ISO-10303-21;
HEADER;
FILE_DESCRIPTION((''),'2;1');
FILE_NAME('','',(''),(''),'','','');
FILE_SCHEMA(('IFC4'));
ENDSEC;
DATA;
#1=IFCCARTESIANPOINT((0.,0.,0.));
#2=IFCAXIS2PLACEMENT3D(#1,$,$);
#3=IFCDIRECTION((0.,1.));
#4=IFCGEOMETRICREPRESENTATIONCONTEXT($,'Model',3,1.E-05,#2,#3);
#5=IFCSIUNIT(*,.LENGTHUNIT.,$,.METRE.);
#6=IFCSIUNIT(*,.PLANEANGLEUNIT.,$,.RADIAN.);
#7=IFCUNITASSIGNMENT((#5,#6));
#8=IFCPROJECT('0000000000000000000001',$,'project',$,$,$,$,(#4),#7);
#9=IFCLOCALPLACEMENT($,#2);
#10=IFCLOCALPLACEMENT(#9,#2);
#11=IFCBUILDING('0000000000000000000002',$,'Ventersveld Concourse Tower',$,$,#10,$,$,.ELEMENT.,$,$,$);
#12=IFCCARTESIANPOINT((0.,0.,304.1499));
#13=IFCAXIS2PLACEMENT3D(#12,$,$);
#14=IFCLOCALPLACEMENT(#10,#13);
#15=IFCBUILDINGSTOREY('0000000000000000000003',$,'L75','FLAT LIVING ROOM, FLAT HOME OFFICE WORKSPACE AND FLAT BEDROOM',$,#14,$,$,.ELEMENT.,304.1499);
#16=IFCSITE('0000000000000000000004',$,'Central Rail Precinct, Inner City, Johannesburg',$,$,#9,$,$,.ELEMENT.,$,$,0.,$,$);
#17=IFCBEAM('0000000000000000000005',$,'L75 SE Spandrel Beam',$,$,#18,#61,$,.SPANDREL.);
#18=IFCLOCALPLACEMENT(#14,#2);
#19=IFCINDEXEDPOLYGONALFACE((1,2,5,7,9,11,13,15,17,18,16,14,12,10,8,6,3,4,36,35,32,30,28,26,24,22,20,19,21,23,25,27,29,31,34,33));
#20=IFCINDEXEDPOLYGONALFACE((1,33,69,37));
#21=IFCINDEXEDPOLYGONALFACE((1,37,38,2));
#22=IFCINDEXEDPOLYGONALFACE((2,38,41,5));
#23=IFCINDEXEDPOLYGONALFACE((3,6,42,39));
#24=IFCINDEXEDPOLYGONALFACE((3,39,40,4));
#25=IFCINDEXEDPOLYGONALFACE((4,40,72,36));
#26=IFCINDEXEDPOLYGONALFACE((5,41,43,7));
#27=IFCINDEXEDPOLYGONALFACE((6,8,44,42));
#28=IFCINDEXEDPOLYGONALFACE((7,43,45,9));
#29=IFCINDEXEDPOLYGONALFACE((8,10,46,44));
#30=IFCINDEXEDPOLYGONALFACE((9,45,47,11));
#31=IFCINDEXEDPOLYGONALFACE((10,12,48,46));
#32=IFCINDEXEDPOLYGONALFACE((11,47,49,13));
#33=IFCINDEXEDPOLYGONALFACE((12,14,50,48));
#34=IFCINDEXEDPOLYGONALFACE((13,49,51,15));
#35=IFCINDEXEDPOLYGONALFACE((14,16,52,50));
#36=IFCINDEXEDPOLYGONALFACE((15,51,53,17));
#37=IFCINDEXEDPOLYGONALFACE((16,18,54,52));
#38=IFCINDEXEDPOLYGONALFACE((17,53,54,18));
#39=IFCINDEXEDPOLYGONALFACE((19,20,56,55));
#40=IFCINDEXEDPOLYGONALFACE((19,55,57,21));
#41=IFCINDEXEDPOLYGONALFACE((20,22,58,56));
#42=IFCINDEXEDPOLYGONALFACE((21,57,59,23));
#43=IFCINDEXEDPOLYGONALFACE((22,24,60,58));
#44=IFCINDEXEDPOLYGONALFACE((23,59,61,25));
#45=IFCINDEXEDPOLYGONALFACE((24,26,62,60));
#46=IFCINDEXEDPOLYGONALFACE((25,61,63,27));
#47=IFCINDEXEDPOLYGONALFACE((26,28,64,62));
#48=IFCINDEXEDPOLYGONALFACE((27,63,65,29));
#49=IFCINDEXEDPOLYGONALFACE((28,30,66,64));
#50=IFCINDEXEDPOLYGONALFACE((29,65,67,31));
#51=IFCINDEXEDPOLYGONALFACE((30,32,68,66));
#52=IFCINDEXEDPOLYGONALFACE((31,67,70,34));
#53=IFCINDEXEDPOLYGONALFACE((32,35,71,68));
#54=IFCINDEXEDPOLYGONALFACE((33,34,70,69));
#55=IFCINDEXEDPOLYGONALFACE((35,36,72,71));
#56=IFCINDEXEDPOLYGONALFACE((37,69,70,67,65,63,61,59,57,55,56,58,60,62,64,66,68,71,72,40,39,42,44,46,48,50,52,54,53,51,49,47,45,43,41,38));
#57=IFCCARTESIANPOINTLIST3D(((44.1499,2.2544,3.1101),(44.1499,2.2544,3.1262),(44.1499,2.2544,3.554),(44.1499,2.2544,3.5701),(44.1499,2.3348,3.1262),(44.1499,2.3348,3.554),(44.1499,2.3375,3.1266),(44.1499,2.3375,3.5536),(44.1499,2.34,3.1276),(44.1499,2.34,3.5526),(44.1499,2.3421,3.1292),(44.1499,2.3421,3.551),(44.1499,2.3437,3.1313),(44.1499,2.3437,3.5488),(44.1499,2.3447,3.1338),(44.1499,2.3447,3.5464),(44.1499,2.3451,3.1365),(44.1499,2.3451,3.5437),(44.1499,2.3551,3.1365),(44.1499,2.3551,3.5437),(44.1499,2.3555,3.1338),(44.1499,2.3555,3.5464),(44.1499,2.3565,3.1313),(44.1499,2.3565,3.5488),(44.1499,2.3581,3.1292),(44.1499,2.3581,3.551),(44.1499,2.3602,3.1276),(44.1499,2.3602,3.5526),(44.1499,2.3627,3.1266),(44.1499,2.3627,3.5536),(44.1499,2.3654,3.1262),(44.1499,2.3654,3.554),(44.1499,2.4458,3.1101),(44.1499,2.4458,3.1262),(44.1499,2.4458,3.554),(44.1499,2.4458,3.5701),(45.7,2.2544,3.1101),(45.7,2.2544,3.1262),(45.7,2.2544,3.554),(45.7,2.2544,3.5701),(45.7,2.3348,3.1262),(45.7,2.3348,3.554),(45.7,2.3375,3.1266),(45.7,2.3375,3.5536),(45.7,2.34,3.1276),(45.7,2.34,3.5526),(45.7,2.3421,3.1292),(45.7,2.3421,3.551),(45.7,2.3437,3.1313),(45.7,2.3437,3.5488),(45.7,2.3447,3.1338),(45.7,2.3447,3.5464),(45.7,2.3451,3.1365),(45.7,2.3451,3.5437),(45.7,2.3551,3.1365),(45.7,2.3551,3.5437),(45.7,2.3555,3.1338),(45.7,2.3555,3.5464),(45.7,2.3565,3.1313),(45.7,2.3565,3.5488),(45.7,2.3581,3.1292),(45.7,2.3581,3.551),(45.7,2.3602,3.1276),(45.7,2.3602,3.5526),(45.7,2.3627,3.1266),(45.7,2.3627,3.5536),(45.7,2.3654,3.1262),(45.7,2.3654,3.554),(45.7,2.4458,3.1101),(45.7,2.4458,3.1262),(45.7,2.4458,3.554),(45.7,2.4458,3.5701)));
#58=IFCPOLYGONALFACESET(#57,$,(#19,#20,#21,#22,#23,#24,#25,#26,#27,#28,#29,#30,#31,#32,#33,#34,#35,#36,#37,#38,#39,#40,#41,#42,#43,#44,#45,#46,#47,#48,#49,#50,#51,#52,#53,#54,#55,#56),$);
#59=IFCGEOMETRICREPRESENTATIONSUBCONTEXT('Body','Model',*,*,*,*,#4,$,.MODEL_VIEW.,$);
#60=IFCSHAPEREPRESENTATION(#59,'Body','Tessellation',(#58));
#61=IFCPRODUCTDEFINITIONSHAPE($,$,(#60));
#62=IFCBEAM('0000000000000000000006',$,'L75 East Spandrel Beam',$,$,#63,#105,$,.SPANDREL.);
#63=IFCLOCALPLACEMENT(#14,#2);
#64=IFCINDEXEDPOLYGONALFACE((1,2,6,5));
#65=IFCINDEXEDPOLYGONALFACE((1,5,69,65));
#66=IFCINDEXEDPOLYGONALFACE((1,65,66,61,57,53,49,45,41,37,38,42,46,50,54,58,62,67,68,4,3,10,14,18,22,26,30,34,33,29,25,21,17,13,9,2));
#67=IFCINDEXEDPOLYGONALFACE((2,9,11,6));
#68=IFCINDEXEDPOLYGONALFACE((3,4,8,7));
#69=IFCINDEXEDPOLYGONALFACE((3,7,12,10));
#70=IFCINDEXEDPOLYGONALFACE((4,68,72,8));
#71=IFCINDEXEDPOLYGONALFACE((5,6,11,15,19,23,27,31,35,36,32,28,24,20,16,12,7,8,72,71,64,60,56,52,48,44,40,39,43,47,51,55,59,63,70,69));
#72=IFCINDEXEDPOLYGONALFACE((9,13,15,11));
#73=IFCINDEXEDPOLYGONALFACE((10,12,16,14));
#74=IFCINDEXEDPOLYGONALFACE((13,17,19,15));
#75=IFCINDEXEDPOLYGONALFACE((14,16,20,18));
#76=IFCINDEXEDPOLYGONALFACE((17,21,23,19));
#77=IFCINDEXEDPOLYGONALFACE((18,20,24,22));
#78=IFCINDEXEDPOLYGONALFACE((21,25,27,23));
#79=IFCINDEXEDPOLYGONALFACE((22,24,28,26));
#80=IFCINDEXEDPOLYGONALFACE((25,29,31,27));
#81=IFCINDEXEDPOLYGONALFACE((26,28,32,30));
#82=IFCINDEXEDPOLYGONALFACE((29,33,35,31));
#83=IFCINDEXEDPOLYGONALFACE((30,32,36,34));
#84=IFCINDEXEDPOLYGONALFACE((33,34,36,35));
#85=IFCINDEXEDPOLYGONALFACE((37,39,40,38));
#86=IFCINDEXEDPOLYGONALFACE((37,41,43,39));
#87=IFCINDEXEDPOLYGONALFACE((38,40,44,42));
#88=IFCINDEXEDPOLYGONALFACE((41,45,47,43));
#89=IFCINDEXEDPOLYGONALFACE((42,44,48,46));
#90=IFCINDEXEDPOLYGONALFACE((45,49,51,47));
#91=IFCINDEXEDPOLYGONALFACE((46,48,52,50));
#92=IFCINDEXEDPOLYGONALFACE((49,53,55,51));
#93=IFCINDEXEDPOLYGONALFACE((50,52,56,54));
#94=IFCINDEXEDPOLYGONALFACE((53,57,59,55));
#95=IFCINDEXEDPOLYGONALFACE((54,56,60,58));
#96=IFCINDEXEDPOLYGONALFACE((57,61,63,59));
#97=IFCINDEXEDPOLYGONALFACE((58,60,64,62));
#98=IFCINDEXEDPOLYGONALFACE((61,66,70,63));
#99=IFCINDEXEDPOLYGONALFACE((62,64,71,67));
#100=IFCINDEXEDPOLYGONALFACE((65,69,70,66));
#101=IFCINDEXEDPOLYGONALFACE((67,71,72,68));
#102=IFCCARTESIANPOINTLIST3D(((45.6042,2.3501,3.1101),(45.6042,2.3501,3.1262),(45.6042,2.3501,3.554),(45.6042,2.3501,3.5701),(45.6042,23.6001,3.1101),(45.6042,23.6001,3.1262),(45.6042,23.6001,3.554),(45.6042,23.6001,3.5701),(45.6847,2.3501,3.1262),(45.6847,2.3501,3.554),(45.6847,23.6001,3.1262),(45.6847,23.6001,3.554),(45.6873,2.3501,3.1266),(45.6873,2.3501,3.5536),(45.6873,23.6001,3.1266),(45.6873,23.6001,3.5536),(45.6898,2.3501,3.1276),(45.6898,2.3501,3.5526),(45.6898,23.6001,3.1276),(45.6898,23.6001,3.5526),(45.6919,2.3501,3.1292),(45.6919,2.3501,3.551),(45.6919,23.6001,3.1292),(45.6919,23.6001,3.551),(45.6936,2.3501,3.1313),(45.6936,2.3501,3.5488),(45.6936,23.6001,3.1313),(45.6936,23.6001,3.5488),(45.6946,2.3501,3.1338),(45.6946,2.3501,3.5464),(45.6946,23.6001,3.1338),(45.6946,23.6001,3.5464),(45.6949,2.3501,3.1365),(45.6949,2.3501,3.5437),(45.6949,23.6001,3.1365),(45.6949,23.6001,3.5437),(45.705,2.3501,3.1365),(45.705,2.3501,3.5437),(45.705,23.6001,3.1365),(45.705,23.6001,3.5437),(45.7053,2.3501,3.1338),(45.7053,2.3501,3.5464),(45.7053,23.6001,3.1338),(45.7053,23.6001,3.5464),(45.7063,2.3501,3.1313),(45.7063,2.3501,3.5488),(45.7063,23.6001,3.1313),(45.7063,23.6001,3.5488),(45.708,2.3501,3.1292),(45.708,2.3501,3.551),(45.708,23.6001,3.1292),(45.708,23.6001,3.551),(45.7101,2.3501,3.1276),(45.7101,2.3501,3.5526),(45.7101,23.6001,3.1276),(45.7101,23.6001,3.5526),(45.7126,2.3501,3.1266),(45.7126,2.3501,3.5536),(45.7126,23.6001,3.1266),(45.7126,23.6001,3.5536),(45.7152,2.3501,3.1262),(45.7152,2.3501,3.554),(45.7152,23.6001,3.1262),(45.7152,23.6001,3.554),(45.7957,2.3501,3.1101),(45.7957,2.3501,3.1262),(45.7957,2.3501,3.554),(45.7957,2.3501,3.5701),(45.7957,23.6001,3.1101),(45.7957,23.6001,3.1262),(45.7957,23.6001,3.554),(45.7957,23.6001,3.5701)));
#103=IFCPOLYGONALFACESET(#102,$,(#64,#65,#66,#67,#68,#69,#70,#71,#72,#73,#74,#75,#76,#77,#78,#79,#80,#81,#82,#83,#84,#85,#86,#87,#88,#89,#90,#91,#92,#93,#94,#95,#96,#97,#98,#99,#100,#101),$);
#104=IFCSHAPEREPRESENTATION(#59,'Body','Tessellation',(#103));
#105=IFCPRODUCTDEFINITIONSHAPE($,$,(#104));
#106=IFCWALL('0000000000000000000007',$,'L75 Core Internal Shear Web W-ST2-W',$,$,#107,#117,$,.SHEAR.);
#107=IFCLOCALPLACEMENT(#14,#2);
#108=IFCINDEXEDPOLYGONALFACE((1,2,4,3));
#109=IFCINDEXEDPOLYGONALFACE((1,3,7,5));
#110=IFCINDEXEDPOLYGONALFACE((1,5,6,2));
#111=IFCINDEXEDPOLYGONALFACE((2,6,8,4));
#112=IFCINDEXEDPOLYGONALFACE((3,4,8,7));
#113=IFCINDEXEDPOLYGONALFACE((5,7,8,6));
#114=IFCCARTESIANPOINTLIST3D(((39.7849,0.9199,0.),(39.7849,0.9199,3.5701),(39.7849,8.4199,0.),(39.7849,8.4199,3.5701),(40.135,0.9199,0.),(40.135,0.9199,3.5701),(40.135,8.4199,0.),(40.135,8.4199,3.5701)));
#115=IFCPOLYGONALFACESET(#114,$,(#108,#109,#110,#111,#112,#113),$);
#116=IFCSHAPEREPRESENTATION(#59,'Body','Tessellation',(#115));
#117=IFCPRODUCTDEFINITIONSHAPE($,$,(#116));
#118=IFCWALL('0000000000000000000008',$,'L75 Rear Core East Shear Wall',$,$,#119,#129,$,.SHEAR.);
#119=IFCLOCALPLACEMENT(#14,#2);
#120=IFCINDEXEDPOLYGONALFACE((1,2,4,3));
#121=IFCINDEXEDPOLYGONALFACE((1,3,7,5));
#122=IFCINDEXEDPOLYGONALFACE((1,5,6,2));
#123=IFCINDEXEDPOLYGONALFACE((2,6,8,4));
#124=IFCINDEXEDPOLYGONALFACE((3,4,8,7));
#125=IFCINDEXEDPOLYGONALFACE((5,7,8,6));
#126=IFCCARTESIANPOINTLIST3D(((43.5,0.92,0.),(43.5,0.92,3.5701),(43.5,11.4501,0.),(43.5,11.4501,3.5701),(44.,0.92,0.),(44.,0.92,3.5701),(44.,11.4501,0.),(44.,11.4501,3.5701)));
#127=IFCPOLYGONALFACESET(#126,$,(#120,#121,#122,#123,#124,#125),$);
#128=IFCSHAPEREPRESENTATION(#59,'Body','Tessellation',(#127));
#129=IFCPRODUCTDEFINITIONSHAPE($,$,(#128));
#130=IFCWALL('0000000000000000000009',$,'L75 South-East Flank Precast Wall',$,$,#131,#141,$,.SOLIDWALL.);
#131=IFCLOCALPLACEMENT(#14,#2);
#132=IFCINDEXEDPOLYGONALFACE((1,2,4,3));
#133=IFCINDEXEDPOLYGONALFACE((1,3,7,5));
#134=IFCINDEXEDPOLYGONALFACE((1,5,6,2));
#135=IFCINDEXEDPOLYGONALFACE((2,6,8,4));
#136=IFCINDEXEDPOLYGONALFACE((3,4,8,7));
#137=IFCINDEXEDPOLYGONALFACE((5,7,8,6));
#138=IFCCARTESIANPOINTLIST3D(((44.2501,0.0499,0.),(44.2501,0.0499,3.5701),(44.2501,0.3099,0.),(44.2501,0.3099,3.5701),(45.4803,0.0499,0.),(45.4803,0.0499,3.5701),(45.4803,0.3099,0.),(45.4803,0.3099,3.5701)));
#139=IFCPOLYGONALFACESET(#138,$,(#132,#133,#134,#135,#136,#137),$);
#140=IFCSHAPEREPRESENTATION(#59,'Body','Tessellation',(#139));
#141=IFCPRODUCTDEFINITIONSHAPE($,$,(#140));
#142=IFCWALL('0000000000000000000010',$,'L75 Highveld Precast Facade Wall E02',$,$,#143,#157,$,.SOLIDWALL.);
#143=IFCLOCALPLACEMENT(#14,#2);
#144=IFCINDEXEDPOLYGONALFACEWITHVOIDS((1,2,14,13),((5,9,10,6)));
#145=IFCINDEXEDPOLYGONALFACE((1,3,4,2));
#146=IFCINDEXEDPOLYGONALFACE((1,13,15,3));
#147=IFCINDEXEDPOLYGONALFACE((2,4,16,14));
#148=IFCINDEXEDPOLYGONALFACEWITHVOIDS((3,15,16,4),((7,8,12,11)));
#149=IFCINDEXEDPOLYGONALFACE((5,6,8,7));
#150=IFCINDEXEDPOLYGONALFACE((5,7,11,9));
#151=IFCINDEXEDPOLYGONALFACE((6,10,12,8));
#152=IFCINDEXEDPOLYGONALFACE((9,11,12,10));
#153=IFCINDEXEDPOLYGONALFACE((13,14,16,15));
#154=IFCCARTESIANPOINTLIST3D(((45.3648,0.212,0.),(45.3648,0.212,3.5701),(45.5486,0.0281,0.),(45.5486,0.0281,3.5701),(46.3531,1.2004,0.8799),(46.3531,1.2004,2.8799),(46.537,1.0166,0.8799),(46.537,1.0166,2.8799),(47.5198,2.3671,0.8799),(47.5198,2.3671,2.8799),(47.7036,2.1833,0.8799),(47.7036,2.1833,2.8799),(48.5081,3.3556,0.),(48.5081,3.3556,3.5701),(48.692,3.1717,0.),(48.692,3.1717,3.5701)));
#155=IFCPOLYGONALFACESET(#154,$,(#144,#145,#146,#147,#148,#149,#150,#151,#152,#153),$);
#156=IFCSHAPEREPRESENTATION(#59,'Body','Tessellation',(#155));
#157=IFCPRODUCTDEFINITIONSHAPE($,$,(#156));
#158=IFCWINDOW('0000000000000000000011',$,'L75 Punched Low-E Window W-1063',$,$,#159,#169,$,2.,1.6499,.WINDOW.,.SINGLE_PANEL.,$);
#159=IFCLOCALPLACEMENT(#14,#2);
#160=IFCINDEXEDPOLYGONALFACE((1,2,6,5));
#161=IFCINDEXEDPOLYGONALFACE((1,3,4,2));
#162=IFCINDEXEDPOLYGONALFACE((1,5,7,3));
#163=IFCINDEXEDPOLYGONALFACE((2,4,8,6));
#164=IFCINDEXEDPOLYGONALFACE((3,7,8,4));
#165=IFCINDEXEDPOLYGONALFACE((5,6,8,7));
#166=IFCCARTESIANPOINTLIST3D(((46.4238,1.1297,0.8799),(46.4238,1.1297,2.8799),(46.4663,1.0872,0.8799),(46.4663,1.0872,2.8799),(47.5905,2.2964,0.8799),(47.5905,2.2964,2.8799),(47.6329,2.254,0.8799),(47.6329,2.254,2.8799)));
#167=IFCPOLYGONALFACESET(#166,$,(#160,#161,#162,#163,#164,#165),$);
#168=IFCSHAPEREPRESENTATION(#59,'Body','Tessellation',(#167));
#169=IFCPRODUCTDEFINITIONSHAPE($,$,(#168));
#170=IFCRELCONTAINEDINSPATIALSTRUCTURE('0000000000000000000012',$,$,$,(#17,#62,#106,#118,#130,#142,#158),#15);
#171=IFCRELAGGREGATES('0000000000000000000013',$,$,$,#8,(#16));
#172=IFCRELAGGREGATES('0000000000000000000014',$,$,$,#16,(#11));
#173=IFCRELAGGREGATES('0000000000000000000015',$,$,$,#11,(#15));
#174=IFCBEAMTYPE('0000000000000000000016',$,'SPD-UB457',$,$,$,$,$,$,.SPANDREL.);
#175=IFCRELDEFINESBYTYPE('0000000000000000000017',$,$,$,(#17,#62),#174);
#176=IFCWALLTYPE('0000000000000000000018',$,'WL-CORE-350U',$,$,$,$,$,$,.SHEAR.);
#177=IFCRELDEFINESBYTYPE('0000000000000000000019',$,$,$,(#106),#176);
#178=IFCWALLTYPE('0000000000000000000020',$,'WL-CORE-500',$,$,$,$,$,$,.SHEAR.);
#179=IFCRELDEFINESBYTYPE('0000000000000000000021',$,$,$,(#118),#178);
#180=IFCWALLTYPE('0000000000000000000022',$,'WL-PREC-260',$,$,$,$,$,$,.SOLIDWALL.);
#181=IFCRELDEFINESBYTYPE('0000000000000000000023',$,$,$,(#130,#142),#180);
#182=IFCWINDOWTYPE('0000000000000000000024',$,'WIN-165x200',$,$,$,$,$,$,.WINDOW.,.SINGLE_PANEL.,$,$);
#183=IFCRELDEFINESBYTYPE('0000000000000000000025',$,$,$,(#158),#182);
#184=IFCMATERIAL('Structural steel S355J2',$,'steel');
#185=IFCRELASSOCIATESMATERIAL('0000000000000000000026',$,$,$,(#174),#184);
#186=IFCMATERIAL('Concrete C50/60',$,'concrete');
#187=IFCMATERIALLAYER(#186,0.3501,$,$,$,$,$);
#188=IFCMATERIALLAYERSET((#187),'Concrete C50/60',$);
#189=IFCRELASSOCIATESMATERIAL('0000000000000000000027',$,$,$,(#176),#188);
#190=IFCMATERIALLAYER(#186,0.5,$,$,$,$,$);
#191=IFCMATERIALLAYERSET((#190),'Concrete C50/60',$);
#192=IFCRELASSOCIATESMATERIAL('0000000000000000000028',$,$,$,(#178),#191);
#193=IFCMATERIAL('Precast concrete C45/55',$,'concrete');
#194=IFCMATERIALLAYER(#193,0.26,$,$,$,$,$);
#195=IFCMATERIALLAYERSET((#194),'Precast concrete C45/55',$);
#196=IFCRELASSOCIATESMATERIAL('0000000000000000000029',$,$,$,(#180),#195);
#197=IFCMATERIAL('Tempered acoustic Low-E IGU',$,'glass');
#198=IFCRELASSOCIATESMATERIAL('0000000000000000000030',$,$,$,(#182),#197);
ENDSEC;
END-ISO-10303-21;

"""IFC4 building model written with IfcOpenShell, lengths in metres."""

from ifc_helpers import new_model, si_unit, direction, frame, frame_2d, origin, origin_2d, place, context, subcontext, project, spatial, rectangle, i_section, extrude, material, layer, layer_set, material_profile, profile_set, type_object, element, fill, save


model = new_model("IFC4")

# Units and contexts
model_context = context("Model", 3, precision=1e-05, world=origin(), true_north=direction((0.0, 1.0)))
body_context = subcontext(model_context, "Body", "Model", "MODEL_VIEW")
ifc_project = project(units=[si_unit("LENGTHUNIT", "METRE"), si_unit("PLANEANGLEUNIT", "RADIAN")], contexts=[model_context])

# Site, building, storey
site_placement = place(None, origin())
site = spatial("IfcSite", under=ifc_project, at=site_placement, Name="Central Rail Precinct, Inner City, Johannesburg", CompositionType="ELEMENT", RefElevation=0.0)
building_placement = place(site_placement, origin())
building = spatial("IfcBuilding", under=site, at=building_placement, Name="Ventersveld Concourse Tower", CompositionType="ELEMENT")
storey_placement = place(building_placement, frame((0.0, 0.0, 304.1499)))
storey = spatial("IfcBuildingStorey", under=building, at=storey_placement, Name="L75", Description="FLAT LIVING ROOM, FLAT HOME OFFICE WORKSPACE AND FLAT BEDROOM", CompositionType="ELEMENT", Elevation=304.1499)

# Shared definitions
ifc_material_1 = material(Name="Concrete C50/60", Category="concrete")

# Shared definitions
ifc_material_2 = material(Name="Structural steel S355J2", Category="steel")

# Beams
ifc_material_profile_1 = material_profile(ifc_material_2, i_section(OverallWidth=0.1914, OverallDepth=0.46, WebThickness=0.01, FlangeThickness=0.0161, FilletRadius=0.0103, at=origin_2d()), Name="UB 457x191x82")
ifc_profile_set_1 = profile_set([ifc_material_profile_1], Name="Structural steel S355J2")
beam_type_1 = type_object("IfcBeamType", Name="SPD-UB457", PredefinedType="SPANDREL", material=ifc_profile_set_1)
beam_1_placement = place(storey_placement, frame((44.1499, 2.3501, 3.3401), z_axis=(1.0, 0.0, 0.0), x_axis=(0.0, 1.0, 0.0)))
element("IfcBeam", 1, at=beam_1_placement, inside=storey, type_object=beam_type_1, Name="L75 SE Spandrel Beam", PredefinedType="SPANDREL", context=body_context, shape_type="SweptSolid", body=[
    extrude(i_section(OverallWidth=0.1914, OverallDepth=0.46, WebThickness=0.01, FlangeThickness=0.0161, FilletRadius=0.0103, at=origin_2d()), origin(), (0.0, 0.0, 1.0), 1.55),
])
beam_2_placement = place(storey_placement, frame((45.7, 2.3501, 3.3401), z_axis=(0.0, 1.0, 0.0), x_axis=(-1.0, 0.0, 0.0)))
element("IfcBeam", 2, at=beam_2_placement, inside=storey, type_object=beam_type_1, Name="L75 East Spandrel Beam", PredefinedType="SPANDREL", context=body_context, shape_type="SweptSolid", body=[
    extrude(i_section(OverallWidth=0.1914, OverallDepth=0.46, WebThickness=0.01, FlangeThickness=0.0161, FilletRadius=0.0103, at=origin_2d()), origin(), (0.0, 0.0, 1.0), 21.25),
])

# Walls
ifc_layer_1 = layer(ifc_material_1, 0.3501)
ifc_layer_set_1 = layer_set([ifc_layer_1], Name="Concrete C50/60")
wall_type_1 = type_object("IfcWallType", Name="WL-CORE-350U", PredefinedType="SHEAR", material=ifc_layer_set_1)
wall_1_placement = place(storey_placement, frame((39.96, 0.9199, 0.0), z_axis=(0.0, 0.0, 1.0), x_axis=(0.0, 1.0, 0.0)))
element("IfcWall", 3, at=wall_1_placement, inside=storey, type_object=wall_type_1, Name="L75 Core Internal Shear Web W-ST2-W", PredefinedType="SHEAR", context=body_context, shape_type="SweptSolid", body=[
    extrude(rectangle(XDim=7.5, YDim=0.3501, at=frame_2d((3.75, 0.0))), origin(), (0.0, 0.0, 1.0), 3.5701),
])
ifc_layer_2 = layer(ifc_material_1, 0.5)
ifc_layer_set_2 = layer_set([ifc_layer_2], Name="Concrete C50/60")
wall_type_2 = type_object("IfcWallType", Name="WL-CORE-500", PredefinedType="SHEAR", material=ifc_layer_set_2)
wall_2_placement = place(storey_placement, frame((43.75, 0.9199, 0.0), z_axis=(0.0, 0.0, 1.0), x_axis=(0.0, 1.0, 0.0)))
element("IfcWall", 4, at=wall_2_placement, inside=storey, type_object=wall_type_2, Name="L75 Rear Core East Shear Wall", PredefinedType="SHEAR", context=body_context, shape_type="SweptSolid", body=[
    extrude(rectangle(XDim=10.53, YDim=0.5, at=frame_2d((5.2651, 0.0))), origin(), (0.0, 0.0, 1.0), 3.5701),
])
ifc_material_3 = material(Name="Precast concrete C45/55", Category="concrete")
ifc_layer_3 = layer(ifc_material_3, 0.26)
ifc_layer_set_3 = layer_set([ifc_layer_3], Name="Precast concrete C45/55")
wall_type_3 = type_object("IfcWallType", Name="WL-PREC-260", PredefinedType="SOLIDWALL", material=ifc_layer_set_3)
wall_3_placement = place(storey_placement, frame((44.25, 0.1799, 0.0), z_axis=(0.0, 0.0, 1.0), x_axis=(1.0, 0.0, 0.0)))
element("IfcWall", 5, at=wall_3_placement, inside=storey, type_object=wall_type_3, Name="L75 South-East Flank Precast Wall", PredefinedType="SOLIDWALL", context=body_context, shape_type="SweptSolid", body=[
    extrude(rectangle(XDim=1.2302, YDim=0.26, at=frame_2d((0.6152, 0.0))), origin(), (0.0, 0.0, 1.0), 3.5701),
])

# Wall, opening, window
wall_4_placement = place(storey_placement, frame((45.4568, 0.1201, 0.0), z_axis=(0.0, 0.0, 1.0), x_axis=(0.707079, 0.707134, 0.0)))
wall_4 = element("IfcWall", 6, at=wall_4_placement, inside=storey, type_object=wall_type_3, Name="L75 Highveld Precast Facade Wall E02", PredefinedType="SOLIDWALL", context=body_context, shape_type="SweptSolid", body=[
    extrude(rectangle(XDim=4.4456, YDim=0.26, at=frame_2d((2.2227, 0.0))), origin(), (0.0, 0.0, 1.0), 3.5701),
])
opening_1_placement = place(wall_4_placement, frame((1.3977, 0.0, 0.8799)))
opening_1 = element("IfcOpeningElement", 7, at=opening_1_placement, cuts=wall_4, PredefinedType="OPENING", context=body_context, shape_type="SweptSolid", body=[
    extrude(rectangle(XDim=1.6499, YDim=2.0, at=frame_2d((0.825, 1.0))), frame((0.0, 0.1401, 0.0), z_axis=(0.0, -1.0, 0.0), x_axis=(1.0, 0.0, 0.0)), (0.0, 0.0, 1.0), 0.28),
])
ifc_material_4 = material(Name="Tempered acoustic Low-E IGU", Category="glass")
window_type_1 = type_object("IfcWindowType", Name="WIN-165x200", PartitioningType="SINGLE_PANEL", PredefinedType="WINDOW", material=ifc_material_4)
window_1_placement = place(opening_1_placement, origin())
window_1 = element("IfcWindow", 8, at=window_1_placement, inside=storey, type_object=window_type_1, Name="L75 Punched Low-E Window W-1063", OverallHeight=2.0, OverallWidth=1.6499, PartitioningType="SINGLE_PANEL", PredefinedType="WINDOW", context=body_context, shape_type="SweptSolid", body=[
    extrude(rectangle(XDim=1.6499, YDim=2.0, at=frame_2d((0.825, 1.0))), frame((0.0, 0.03, 0.0), z_axis=(0.0, -1.0, 0.0), x_axis=(1.0, 0.0, 0.0)), (0.0, 0.0, 1.0), 0.0601),
])
fill(opening_1, window_1)

save(model, "model.ifc")
